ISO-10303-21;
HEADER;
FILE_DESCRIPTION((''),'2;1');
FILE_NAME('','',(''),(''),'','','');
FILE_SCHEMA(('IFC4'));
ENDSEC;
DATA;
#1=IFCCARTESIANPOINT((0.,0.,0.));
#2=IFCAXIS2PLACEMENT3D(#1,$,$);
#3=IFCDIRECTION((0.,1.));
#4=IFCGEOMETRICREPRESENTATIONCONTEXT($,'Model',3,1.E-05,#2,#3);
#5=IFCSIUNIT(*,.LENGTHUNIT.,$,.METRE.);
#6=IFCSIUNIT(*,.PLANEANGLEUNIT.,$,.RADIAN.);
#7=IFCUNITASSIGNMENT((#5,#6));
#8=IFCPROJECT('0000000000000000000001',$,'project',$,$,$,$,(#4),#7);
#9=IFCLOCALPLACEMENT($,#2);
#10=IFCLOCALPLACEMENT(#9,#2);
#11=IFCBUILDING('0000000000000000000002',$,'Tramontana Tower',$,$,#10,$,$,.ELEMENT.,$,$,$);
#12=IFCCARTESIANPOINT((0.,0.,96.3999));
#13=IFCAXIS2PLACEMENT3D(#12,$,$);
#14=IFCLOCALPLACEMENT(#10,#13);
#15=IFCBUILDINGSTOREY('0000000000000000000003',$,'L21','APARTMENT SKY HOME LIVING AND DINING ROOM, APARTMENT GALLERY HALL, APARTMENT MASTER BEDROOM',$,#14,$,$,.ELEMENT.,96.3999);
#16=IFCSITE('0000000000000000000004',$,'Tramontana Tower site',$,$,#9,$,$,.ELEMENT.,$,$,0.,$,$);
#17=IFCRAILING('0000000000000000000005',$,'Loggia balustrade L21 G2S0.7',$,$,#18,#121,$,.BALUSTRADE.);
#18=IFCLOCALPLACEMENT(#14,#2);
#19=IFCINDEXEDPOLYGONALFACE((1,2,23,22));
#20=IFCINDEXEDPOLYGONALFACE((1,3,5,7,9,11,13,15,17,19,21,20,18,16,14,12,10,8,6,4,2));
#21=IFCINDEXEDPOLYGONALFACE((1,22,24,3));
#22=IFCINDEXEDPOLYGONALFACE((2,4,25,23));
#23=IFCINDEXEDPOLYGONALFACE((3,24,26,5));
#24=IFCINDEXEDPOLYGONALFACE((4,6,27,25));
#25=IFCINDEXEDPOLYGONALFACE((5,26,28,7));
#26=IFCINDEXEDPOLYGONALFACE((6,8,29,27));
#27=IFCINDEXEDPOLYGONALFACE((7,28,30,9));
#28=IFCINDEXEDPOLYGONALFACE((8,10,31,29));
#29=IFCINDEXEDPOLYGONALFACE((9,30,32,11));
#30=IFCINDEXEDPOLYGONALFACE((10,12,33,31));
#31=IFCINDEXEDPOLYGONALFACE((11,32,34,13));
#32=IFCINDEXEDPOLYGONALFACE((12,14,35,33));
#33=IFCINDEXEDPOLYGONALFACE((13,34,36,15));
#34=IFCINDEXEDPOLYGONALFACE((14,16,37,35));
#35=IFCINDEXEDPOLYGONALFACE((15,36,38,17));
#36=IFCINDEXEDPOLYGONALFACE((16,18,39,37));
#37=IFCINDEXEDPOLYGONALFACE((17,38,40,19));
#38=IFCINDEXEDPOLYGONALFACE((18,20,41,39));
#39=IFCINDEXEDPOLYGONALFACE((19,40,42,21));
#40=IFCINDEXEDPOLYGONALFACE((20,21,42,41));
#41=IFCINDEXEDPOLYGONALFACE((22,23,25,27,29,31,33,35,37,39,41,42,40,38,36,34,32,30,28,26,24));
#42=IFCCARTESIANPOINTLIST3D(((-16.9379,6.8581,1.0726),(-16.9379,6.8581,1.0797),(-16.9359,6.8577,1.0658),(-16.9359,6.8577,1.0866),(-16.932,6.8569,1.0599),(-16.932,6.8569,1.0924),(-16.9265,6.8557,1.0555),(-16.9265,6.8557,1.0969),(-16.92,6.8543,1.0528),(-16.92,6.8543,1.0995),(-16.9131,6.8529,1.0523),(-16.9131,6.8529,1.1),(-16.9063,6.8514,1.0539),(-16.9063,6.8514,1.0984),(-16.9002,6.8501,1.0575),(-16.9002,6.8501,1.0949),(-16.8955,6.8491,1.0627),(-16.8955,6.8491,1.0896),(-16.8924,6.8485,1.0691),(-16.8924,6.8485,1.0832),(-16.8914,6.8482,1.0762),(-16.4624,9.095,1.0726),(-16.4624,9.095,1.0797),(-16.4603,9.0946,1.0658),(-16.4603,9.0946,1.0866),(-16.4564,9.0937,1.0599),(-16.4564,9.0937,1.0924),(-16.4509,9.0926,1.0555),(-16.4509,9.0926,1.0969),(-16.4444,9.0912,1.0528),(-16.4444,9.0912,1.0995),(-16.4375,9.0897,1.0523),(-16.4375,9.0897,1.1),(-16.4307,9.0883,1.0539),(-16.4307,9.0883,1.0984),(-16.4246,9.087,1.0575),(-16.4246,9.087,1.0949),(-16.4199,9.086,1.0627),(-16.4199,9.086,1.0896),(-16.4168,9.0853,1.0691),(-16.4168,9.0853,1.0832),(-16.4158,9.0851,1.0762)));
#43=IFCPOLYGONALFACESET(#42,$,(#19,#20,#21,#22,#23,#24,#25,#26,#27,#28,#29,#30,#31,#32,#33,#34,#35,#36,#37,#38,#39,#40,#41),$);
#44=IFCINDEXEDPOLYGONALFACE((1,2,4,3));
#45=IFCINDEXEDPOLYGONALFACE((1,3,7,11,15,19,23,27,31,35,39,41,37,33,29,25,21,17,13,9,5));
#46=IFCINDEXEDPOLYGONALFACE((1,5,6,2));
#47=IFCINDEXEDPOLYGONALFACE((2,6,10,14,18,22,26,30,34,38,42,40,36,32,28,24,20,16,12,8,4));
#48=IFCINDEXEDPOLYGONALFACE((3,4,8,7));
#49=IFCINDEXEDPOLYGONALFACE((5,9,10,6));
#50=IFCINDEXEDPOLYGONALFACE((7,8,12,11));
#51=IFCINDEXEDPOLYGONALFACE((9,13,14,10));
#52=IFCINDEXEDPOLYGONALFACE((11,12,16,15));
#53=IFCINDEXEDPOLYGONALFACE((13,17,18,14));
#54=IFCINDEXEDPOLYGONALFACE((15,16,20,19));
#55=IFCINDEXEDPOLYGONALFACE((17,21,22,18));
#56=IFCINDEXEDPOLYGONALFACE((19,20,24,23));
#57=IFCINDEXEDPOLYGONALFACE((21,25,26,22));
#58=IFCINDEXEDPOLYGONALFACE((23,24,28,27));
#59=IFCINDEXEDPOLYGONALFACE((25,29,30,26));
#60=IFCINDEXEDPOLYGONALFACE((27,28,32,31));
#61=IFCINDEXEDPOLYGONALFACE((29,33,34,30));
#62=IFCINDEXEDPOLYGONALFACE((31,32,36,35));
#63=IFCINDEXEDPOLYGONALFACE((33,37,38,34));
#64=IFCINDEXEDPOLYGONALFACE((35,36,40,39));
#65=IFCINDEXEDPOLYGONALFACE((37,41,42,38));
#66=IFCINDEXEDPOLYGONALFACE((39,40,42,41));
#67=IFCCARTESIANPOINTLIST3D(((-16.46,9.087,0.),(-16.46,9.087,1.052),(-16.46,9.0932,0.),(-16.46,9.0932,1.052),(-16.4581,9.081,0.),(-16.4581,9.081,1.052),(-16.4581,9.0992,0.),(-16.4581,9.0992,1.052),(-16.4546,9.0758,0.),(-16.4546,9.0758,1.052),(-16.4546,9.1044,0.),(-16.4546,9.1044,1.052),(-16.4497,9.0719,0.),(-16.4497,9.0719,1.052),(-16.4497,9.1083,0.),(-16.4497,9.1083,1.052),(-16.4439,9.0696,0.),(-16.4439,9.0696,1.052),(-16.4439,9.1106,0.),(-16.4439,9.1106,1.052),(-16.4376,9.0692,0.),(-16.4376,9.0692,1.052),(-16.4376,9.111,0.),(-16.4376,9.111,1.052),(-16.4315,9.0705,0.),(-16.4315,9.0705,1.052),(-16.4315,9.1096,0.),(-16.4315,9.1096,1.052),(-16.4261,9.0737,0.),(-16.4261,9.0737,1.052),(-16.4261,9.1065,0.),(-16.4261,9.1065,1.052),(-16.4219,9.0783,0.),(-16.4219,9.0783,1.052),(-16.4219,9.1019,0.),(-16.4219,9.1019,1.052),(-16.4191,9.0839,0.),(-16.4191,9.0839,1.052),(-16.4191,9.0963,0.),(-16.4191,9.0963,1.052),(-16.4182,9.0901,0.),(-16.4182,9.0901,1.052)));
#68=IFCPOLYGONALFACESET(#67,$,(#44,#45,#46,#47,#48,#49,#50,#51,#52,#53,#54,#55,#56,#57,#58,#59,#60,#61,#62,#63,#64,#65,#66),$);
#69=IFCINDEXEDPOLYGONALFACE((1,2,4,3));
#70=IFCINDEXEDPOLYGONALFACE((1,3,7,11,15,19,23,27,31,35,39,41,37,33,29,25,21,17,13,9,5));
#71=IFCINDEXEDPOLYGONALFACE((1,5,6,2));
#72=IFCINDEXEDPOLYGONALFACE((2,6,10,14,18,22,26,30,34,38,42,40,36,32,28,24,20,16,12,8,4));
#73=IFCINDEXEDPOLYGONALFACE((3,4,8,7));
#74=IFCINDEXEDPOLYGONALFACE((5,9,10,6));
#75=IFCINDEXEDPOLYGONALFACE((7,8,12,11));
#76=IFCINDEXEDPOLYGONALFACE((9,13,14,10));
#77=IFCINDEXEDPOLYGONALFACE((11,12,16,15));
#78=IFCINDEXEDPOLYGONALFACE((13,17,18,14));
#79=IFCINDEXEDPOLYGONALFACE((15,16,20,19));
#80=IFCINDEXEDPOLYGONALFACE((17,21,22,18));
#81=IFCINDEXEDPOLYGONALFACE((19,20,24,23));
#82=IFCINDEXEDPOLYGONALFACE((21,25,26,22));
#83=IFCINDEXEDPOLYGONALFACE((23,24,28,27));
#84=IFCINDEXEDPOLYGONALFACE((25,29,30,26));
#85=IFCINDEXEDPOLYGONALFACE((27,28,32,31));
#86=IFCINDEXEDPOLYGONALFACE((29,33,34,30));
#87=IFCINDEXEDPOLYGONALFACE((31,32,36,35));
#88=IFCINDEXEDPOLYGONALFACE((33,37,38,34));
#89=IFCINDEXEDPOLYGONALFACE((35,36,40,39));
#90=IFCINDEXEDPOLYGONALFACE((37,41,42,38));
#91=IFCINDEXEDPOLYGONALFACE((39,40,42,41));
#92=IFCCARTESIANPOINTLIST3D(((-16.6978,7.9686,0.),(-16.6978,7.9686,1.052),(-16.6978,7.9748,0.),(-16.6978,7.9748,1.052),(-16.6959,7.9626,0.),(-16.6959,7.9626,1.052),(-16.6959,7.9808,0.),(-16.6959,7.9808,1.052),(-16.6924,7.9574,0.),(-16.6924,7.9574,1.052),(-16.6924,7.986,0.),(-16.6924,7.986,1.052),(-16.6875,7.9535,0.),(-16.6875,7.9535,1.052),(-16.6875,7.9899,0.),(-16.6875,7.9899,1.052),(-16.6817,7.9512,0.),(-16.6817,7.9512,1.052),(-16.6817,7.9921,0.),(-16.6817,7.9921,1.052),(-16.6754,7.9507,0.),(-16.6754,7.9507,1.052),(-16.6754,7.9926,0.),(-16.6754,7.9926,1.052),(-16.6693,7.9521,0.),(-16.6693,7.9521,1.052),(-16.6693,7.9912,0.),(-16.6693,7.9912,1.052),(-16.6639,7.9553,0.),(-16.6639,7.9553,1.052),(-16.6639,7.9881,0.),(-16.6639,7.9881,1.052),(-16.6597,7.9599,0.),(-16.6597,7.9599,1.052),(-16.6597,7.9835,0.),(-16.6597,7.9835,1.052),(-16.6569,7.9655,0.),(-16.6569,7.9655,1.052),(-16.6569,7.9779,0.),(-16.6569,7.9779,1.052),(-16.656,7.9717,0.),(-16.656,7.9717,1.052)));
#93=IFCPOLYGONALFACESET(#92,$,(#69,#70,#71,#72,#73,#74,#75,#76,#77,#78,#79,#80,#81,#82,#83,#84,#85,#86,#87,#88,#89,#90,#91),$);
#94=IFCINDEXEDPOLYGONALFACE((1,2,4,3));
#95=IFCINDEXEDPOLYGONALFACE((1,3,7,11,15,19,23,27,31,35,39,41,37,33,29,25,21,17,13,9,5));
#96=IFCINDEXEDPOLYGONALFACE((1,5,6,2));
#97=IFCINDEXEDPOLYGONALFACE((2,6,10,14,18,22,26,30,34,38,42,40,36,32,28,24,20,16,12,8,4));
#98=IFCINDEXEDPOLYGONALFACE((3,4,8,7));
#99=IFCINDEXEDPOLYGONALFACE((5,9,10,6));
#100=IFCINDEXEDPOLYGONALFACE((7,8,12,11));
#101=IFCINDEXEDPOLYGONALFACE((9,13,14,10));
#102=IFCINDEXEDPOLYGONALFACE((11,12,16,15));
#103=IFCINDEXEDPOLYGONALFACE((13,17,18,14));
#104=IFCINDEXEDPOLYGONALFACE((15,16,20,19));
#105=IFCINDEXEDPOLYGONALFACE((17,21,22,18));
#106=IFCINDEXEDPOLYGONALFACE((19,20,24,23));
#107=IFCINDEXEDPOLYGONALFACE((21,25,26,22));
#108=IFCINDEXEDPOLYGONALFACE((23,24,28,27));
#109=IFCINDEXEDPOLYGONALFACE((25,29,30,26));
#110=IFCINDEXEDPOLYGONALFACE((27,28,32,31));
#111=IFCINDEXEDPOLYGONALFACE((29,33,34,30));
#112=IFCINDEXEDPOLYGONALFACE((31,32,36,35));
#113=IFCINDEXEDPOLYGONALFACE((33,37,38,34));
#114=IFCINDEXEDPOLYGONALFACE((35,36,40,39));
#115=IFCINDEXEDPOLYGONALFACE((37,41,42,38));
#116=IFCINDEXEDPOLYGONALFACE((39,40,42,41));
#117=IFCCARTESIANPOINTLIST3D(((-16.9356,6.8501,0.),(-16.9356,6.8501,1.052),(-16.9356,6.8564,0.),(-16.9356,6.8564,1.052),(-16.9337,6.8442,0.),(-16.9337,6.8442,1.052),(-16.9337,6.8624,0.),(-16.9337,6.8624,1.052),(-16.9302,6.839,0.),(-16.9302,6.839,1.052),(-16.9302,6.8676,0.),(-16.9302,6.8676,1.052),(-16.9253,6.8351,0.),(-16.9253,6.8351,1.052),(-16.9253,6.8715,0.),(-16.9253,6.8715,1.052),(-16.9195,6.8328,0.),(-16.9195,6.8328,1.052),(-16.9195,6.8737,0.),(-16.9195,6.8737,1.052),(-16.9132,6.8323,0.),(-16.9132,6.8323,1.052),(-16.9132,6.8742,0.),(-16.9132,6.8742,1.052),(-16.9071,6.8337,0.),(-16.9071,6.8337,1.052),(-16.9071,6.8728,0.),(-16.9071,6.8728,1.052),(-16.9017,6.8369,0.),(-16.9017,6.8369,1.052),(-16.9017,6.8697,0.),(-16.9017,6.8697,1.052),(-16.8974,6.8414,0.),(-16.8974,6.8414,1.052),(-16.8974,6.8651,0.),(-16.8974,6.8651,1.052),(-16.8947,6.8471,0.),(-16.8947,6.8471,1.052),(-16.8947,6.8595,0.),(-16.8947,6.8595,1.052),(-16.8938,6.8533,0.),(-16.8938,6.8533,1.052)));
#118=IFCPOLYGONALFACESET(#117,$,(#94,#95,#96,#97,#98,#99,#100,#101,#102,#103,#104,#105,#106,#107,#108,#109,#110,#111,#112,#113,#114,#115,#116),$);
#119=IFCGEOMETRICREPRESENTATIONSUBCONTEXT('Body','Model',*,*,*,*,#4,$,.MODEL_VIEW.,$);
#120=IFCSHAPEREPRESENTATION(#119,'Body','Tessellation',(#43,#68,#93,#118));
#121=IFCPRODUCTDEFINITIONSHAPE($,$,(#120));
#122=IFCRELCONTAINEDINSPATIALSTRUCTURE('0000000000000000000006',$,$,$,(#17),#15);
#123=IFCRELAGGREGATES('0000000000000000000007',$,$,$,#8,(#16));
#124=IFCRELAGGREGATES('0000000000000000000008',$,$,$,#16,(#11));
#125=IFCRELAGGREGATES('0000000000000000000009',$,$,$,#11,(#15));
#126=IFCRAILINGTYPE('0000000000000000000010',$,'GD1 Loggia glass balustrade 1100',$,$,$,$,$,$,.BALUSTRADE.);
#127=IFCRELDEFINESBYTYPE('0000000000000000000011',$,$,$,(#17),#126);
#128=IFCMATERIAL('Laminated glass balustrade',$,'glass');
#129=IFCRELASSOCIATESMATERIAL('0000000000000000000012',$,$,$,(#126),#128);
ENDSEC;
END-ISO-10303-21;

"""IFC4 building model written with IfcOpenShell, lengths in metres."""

from ifc_helpers import new_model, si_unit, direction, frame, origin, origin_2d, place, context, subcontext, project, spatial, circle, extrude, material, type_object, element, save


model = new_model("IFC4")

# Units and contexts
model_context = context("Model", 3, precision=1e-05, world=origin(), true_north=direction((0.0, 1.0)))
body_context = subcontext(model_context, "Body", "Model", "MODEL_VIEW")
ifc_project = project(units=[si_unit("LENGTHUNIT", "METRE"), si_unit("PLANEANGLEUNIT", "RADIAN")], contexts=[model_context])

# Site, building, storey
site_placement = place(None, origin())
site = spatial("IfcSite", under=ifc_project, at=site_placement, Name="Tramontana Tower site", CompositionType="ELEMENT", RefElevation=0.0)
building_placement = place(site_placement, origin())
building = spatial("IfcBuilding", under=site, at=building_placement, Name="Tramontana Tower", CompositionType="ELEMENT")
storey_placement = place(building_placement, frame((0.0, 0.0, 96.3999)))
storey = spatial("IfcBuildingStorey", under=building, at=storey_placement, Name="L21", Description="APARTMENT SKY HOME LIVING AND DINING ROOM, APARTMENT GALLERY HALL, APARTMENT MASTER BEDROOM", CompositionType="ELEMENT", Elevation=96.3999)

# Railing
ifc_material_1 = material(Name="Laminated glass balustrade", Category="glass")
railing_type = type_object("IfcRailingType", Name="GD1 Loggia glass balustrade 1100", PredefinedType="BALUSTRADE", material=ifc_material_1)
railing_placement = place(storey_placement, frame((-16.4392, 9.0901, 0.0)))
element("IfcRailing", 1, at=railing_placement, inside=storey, type_object=railing_type, Name="Loggia balustrade L21 G2S0.7", PredefinedType="BALUSTRADE", context=body_context, shape_type="SweptSolid", body=[
    extrude(circle(Radius=0.0239, at=origin_2d()), frame((0.0, 0.0, 1.0762), z_axis=(-0.207969, -0.978136, 0.0), x_axis=(0.978136, -0.207969, 0.0)), (0.0, 0.0, 1.0), 2.2869),
    extrude(circle(Radius=0.021, at=origin_2d()), origin(), (0.0, 0.0, 1.0), 1.052),
    extrude(circle(Radius=0.021, at=origin_2d()), frame((-0.2378, -1.1184, 0.0)), (0.0, 0.0, 1.0), 1.052),
    extrude(circle(Radius=0.021, at=origin_2d()), frame((-0.4756, -2.2368, 0.0)), (0.0, 0.0, 1.0), 1.052),
])

save(model, "model.ifc")
